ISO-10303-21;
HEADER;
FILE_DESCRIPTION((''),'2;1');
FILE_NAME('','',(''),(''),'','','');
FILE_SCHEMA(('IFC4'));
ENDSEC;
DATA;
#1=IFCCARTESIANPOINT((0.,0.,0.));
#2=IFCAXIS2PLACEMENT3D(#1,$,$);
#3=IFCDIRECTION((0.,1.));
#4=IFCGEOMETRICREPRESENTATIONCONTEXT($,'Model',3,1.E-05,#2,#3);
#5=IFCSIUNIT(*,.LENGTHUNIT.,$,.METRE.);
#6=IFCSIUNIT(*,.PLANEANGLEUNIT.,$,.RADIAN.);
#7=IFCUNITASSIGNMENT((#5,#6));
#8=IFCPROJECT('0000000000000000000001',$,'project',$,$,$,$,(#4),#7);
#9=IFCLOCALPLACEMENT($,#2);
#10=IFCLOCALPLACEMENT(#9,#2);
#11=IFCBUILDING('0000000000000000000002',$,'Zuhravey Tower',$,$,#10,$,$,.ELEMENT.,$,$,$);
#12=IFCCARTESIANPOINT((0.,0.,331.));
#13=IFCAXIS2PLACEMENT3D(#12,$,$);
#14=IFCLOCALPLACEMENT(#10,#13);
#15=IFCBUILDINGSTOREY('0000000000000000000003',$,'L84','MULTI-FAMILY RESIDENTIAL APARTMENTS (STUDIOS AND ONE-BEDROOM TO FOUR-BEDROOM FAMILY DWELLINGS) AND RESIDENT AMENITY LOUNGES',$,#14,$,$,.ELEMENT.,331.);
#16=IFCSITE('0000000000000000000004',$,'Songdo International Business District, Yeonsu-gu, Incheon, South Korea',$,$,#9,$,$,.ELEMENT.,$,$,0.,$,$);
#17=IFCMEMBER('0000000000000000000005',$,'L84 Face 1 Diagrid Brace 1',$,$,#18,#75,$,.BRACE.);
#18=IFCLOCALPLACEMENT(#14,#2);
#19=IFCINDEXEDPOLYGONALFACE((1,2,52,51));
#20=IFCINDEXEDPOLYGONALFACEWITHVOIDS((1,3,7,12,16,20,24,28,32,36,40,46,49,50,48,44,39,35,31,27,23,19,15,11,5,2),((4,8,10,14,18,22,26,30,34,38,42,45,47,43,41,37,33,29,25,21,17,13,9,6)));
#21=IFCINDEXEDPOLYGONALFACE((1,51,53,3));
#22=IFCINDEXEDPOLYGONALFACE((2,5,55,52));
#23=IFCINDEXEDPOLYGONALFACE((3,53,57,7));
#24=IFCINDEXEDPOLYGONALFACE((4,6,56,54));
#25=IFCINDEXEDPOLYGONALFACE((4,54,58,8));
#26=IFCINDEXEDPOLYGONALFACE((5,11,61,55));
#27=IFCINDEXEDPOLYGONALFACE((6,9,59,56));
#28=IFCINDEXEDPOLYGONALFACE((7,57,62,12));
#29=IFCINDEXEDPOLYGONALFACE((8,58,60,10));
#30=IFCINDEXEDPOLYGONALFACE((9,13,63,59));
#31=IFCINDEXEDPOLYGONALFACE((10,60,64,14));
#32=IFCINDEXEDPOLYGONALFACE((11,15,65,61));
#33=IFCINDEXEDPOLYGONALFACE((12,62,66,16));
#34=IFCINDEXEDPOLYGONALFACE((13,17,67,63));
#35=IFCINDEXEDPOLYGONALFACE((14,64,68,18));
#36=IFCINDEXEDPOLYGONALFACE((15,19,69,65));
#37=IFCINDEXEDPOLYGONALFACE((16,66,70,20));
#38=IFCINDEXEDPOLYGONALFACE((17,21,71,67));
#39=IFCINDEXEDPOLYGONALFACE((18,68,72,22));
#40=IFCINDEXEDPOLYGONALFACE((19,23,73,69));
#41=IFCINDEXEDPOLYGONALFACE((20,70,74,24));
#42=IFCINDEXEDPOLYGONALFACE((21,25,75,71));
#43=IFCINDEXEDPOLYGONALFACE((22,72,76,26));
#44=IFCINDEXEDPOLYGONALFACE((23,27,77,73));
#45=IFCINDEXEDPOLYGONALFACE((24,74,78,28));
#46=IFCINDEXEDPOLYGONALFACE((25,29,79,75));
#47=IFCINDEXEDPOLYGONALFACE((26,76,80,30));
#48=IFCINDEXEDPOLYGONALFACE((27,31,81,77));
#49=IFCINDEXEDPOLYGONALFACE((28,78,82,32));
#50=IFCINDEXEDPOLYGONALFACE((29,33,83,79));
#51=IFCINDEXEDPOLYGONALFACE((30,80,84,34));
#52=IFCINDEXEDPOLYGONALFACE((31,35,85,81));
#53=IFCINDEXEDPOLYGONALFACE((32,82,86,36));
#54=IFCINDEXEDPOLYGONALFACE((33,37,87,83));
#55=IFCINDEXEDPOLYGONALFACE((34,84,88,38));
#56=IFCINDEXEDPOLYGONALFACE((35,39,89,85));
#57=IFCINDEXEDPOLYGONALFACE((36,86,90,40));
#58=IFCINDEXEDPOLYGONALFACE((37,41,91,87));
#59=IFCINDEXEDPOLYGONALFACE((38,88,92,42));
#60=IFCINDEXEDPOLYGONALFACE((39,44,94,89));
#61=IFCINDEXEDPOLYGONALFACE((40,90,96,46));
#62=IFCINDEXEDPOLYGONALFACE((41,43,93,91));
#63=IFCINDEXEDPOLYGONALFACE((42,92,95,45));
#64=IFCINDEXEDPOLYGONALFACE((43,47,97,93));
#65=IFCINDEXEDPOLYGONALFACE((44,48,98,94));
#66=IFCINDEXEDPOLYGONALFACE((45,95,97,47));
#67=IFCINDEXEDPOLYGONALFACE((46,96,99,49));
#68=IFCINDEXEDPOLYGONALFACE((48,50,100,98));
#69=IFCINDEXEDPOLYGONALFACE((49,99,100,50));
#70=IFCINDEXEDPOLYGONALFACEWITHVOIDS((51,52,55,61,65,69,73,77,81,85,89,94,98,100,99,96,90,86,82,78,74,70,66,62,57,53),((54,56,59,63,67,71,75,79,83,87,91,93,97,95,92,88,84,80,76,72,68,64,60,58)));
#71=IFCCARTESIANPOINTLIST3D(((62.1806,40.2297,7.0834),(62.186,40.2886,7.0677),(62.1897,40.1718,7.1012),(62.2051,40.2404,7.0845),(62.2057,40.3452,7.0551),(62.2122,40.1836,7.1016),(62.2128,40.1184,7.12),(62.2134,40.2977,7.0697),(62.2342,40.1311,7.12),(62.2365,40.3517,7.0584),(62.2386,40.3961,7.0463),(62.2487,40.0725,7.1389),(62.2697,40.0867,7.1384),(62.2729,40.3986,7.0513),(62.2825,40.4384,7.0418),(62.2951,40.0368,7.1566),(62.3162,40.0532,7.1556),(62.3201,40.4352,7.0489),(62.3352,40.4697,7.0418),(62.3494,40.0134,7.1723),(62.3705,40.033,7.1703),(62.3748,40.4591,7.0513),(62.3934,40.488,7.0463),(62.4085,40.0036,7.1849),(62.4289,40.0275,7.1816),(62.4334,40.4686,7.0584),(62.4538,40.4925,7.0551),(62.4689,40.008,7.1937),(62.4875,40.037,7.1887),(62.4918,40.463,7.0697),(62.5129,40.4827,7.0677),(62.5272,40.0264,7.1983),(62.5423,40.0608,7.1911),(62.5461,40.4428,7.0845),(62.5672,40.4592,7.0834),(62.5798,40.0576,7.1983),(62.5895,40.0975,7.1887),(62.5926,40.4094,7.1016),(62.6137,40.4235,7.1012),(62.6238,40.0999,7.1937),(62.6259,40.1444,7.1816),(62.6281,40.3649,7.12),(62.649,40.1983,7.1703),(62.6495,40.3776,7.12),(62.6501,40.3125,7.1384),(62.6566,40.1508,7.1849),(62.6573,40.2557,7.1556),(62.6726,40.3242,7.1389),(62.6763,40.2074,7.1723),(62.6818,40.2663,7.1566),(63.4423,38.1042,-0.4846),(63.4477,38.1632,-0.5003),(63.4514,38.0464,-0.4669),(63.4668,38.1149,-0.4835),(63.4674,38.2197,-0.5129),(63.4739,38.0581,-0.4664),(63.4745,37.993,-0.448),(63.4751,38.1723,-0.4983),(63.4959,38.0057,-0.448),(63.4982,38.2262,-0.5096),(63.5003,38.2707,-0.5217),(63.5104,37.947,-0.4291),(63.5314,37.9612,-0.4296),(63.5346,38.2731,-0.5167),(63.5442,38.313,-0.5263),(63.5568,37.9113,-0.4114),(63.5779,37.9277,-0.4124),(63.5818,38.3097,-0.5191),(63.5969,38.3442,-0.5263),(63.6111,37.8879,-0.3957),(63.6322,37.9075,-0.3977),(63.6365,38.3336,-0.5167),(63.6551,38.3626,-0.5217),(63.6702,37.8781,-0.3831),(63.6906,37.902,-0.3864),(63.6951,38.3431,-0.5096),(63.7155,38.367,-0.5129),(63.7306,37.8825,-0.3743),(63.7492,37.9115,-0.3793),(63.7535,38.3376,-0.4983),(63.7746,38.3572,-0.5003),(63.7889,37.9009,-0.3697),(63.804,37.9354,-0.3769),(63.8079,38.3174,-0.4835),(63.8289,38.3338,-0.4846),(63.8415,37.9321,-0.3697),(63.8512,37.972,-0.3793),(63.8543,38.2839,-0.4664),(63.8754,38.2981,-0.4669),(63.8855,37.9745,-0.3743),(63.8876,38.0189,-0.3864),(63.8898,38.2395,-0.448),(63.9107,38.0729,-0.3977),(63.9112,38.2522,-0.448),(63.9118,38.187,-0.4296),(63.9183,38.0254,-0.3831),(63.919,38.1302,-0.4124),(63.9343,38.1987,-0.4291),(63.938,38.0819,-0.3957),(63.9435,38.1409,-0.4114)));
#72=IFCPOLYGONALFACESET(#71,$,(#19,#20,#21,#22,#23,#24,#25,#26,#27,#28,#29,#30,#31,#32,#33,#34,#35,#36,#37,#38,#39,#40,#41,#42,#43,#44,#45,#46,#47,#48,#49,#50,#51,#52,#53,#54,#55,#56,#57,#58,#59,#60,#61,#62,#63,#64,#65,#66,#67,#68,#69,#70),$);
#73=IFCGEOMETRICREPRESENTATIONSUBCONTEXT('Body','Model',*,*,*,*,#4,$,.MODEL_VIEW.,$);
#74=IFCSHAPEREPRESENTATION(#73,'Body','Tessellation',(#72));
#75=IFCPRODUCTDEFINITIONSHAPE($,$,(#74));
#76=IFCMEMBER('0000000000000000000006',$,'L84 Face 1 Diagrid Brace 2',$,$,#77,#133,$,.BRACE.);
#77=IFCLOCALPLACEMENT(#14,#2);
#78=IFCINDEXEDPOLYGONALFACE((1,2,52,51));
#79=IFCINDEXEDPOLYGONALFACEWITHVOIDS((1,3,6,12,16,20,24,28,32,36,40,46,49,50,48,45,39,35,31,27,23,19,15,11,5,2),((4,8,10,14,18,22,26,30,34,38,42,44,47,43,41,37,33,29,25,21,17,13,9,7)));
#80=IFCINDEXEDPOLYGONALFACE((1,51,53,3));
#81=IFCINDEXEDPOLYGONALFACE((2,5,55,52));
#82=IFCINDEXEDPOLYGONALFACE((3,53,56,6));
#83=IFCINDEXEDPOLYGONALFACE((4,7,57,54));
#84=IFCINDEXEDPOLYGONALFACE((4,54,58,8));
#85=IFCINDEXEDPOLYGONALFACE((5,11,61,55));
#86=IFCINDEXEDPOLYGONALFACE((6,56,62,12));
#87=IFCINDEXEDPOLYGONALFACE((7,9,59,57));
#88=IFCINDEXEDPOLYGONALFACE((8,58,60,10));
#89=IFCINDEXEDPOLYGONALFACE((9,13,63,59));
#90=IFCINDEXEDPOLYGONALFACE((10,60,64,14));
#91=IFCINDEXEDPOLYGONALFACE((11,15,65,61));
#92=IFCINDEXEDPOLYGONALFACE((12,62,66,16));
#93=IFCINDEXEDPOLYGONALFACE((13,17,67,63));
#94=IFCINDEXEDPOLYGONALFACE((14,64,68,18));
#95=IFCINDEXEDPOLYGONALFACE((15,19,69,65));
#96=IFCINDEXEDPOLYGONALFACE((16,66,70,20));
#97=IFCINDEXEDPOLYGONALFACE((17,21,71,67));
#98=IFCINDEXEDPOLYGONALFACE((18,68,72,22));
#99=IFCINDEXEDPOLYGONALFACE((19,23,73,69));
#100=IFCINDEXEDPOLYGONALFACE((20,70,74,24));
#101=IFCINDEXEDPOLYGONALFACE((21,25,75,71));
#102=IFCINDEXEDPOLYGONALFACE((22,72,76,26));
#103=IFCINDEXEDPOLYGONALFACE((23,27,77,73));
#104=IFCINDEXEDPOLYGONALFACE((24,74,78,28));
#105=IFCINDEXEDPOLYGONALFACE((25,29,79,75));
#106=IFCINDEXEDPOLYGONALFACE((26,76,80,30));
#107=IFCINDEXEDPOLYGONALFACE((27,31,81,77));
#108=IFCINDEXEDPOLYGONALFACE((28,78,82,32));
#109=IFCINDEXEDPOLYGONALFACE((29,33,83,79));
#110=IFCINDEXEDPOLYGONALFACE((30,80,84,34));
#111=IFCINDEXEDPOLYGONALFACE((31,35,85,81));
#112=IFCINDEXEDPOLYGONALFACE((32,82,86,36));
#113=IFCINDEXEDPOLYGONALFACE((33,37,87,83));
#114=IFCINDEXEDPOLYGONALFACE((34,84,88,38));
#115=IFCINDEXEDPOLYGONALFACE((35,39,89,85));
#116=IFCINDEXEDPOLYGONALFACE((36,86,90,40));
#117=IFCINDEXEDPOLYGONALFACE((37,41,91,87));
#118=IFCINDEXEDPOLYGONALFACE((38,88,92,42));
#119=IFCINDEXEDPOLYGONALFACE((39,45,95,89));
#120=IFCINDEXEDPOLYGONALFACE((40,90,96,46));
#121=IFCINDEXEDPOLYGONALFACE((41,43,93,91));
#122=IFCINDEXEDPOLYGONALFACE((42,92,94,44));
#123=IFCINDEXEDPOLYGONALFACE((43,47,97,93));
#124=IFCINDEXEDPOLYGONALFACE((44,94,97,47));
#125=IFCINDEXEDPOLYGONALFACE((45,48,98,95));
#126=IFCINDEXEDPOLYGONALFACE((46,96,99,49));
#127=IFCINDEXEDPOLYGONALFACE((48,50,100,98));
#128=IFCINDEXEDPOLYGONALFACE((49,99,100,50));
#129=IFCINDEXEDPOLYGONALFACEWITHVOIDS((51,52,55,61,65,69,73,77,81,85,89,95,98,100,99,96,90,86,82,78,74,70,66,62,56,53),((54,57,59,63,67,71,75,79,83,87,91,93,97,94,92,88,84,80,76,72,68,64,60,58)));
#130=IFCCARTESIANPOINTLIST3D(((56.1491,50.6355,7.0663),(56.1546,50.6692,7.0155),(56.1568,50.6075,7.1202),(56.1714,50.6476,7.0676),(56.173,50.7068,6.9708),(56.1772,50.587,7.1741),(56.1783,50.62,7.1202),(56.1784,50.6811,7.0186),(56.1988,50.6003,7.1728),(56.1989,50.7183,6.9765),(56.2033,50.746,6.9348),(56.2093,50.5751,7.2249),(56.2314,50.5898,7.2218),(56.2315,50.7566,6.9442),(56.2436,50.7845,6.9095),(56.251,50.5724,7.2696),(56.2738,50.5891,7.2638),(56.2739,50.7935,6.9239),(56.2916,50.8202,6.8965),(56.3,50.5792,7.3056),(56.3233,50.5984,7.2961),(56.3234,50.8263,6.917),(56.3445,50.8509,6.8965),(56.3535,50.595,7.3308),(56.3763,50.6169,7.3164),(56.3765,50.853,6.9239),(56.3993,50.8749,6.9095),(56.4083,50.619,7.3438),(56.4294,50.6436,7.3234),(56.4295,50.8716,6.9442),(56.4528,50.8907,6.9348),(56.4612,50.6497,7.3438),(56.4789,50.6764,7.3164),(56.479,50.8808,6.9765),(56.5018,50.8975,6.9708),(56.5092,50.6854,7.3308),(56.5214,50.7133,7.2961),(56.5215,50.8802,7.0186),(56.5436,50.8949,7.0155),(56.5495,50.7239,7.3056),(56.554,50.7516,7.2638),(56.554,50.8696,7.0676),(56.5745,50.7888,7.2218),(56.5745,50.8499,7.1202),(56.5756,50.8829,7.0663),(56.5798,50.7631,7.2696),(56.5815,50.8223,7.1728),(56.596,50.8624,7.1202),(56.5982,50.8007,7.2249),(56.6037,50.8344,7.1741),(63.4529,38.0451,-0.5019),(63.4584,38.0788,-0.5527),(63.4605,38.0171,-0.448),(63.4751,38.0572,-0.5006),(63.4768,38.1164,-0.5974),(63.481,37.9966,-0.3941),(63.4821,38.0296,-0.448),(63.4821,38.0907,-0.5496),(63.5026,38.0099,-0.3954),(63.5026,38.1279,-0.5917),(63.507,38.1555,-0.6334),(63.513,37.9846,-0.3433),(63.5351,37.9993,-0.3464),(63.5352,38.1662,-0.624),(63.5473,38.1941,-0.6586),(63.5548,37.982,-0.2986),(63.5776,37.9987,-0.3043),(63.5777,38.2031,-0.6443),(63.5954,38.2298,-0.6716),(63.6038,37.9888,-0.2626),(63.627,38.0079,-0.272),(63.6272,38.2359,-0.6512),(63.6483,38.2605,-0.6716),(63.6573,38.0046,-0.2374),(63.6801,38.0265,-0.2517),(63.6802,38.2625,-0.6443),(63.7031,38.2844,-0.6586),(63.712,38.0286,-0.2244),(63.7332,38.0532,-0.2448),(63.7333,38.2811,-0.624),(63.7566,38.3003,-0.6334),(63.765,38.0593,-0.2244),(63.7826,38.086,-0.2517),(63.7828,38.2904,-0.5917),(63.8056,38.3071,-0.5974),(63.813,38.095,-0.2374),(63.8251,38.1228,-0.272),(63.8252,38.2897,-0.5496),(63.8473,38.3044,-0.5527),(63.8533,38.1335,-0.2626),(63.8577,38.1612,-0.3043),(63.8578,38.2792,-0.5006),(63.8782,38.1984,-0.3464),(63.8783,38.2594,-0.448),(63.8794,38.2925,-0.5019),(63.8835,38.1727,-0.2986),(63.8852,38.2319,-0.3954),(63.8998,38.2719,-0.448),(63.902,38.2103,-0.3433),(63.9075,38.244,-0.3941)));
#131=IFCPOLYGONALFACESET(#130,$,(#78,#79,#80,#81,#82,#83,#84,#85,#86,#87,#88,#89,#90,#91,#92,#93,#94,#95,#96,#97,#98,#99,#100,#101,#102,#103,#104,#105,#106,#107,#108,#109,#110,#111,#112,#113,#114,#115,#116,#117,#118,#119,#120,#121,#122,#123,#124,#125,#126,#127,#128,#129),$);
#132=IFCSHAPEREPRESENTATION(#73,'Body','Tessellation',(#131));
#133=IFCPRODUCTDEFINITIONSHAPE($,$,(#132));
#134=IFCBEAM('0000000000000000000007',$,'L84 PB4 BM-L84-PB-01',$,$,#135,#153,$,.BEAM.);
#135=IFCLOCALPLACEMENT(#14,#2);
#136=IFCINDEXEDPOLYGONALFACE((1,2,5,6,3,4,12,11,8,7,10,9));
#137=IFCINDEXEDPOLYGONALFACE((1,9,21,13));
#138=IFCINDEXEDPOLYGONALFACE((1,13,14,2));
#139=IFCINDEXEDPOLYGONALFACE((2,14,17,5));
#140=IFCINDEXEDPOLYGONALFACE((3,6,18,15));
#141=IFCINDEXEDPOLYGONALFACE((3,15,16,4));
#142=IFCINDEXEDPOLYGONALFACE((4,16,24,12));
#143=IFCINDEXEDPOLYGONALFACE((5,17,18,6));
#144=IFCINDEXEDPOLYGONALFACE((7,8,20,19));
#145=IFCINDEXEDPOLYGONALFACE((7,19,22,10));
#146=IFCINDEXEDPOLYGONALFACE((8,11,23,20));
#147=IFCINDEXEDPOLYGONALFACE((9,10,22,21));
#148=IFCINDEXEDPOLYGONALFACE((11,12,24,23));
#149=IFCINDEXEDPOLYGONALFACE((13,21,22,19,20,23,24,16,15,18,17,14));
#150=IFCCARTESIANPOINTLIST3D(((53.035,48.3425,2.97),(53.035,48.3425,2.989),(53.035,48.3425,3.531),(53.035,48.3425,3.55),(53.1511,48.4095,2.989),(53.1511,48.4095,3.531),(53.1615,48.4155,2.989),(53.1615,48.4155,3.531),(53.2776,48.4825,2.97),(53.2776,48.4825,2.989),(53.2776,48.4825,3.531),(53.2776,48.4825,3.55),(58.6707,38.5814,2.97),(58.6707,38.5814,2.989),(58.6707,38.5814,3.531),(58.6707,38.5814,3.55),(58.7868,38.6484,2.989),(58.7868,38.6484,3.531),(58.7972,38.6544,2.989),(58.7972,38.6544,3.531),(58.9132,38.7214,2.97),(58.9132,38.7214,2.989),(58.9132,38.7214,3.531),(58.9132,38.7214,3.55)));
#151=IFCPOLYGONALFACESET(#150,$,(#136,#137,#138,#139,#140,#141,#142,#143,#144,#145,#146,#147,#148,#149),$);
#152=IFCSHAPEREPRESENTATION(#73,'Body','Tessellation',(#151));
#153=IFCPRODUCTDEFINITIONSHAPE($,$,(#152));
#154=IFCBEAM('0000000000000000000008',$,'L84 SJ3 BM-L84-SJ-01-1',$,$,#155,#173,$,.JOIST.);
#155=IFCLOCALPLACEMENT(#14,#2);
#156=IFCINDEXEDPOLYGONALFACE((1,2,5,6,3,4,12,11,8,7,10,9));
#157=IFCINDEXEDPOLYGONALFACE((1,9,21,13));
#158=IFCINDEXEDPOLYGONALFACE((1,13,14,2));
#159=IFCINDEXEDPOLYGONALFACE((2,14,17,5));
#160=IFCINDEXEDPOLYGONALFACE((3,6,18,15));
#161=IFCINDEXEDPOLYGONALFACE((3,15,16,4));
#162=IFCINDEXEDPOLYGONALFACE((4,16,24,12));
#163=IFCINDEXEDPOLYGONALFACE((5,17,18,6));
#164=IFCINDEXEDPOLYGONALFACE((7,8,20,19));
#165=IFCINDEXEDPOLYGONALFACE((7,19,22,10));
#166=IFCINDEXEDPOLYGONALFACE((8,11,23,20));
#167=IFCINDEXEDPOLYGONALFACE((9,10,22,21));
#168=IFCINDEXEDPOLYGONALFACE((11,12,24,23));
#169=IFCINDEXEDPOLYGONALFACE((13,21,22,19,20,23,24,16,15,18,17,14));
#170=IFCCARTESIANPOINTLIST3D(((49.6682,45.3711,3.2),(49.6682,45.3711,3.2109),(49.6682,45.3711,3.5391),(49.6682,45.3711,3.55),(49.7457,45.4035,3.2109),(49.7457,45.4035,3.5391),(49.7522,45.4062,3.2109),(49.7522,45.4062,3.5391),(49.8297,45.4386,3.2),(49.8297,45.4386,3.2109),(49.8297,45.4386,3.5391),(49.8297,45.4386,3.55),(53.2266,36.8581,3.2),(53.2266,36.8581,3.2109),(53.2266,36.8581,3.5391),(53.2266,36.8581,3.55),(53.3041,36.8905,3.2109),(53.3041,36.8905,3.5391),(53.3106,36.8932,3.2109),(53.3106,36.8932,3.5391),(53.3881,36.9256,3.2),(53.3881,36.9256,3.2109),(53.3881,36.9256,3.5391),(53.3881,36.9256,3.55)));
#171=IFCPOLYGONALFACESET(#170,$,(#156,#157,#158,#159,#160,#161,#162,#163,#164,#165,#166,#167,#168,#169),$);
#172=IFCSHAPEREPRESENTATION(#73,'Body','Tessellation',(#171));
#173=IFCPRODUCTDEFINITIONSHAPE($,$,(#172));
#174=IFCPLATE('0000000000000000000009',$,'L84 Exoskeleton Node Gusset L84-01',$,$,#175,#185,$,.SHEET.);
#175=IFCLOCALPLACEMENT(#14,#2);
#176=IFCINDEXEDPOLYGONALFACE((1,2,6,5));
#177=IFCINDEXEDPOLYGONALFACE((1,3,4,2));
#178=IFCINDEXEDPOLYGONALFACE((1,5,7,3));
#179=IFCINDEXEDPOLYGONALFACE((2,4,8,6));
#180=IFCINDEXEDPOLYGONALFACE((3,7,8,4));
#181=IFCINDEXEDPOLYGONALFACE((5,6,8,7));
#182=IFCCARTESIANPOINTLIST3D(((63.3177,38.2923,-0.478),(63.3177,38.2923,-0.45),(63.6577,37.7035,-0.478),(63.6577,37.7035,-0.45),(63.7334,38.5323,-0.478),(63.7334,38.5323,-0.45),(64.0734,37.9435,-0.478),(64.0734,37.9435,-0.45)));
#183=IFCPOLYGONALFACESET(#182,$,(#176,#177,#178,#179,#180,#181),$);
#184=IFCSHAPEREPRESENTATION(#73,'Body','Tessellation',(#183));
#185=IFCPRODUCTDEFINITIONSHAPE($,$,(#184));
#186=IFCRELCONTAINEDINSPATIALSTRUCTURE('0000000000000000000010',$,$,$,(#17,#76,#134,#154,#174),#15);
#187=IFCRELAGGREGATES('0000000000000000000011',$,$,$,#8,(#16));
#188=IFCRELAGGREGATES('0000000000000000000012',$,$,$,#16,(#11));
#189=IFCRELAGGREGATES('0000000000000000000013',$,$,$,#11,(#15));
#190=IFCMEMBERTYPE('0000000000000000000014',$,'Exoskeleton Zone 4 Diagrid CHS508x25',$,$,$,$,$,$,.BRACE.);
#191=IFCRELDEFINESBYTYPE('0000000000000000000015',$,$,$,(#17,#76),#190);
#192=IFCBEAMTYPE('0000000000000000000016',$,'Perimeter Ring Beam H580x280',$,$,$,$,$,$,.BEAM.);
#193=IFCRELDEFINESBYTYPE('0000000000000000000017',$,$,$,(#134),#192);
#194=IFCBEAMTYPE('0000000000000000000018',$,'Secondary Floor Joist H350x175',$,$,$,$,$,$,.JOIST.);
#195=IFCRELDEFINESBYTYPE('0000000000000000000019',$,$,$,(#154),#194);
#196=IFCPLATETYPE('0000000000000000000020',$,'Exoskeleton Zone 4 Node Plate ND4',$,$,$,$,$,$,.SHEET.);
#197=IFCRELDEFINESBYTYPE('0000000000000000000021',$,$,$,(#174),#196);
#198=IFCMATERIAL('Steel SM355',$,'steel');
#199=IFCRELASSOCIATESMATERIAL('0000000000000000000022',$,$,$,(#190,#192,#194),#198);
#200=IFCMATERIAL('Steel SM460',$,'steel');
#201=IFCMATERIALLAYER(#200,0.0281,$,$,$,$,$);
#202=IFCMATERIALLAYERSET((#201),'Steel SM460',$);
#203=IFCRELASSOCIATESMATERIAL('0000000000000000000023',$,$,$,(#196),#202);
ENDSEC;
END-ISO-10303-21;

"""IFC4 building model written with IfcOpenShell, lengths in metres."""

from ifc_helpers import new_model, si_unit, direction, frame, origin, origin_2d, place, context, subcontext, project, spatial, rectangle, hollow_circle, i_section, extrude, material, layer, layer_set, material_profile, profile_set, type_object, element, save


model = new_model("IFC4")

# Units and contexts
model_context = context("Model", 3, precision=1e-05, world=origin(), true_north=direction((0.0, 1.0)))
body_context = subcontext(model_context, "Body", "Model", "MODEL_VIEW")
ifc_project = project(units=[si_unit("LENGTHUNIT", "METRE"), si_unit("PLANEANGLEUNIT", "RADIAN")], contexts=[model_context])

# Site, building, storey
site_placement = place(None, origin())
site = spatial("IfcSite", under=ifc_project, at=site_placement, Name="Songdo International Business District, Yeonsu-gu, Incheon, South Korea", CompositionType="ELEMENT", RefElevation=0.0)
building_placement = place(site_placement, origin())
building = spatial("IfcBuilding", under=site, at=building_placement, Name="Zuhravey Tower", CompositionType="ELEMENT")
storey_placement = place(building_placement, frame((0.0, 0.0, 331.0)))
storey = spatial("IfcBuildingStorey", under=building, at=storey_placement, Name="L84", Description="MULTI-FAMILY RESIDENTIAL APARTMENTS (STUDIOS AND ONE-BEDROOM TO FOUR-BEDROOM FAMILY DWELLINGS) AND RESIDENT AMENITY LOUNGES", CompositionType="ELEMENT", Elevation=331.0)

# Members
ifc_material_1 = material(Name="Steel SM355", Category="steel")
ifc_material_profile_1 = material_profile(ifc_material_1, hollow_circle(Radius=0.2539, WallThickness=0.0249, at=origin_2d()), Name="CHS-508.0x25")
ifc_profile_set_1 = profile_set([ifc_material_profile_1], Name="Steel SM355")
member_type_1 = type_object("IfcMemberType", Name="Exoskeleton Zone 4 Diagrid CHS508x25", PredefinedType="BRACE", material=ifc_profile_set_1)
member_1_placement = place(storey_placement, frame((63.6929, 38.1226, -0.448), z_axis=(-0.158477, 0.26697, 0.950585), x_axis=(-0.859906, -0.510452, 0.0)))
element("IfcMember", 1, at=member_1_placement, inside=storey, type_object=member_type_1, Name="L84 Face 1 Diagrid Brace 1", PredefinedType="BRACE", context=body_context, shape_type="SweptSolid", body=[
    extrude(hollow_circle(Radius=0.2539, WallThickness=0.0249, at=origin_2d()), origin(), (0.0, 0.0, 1.0), 7.9614),
])
member_2_placement = place(storey_placement, frame((63.6802, 38.1445, -0.448), z_axis=(-0.445202, 0.767451, 0.461319), x_axis=(-0.864992, -0.501786, 0.0)))
element("IfcMember", 2, at=member_2_placement, inside=storey, type_object=member_type_1, Name="L84 Face 1 Diagrid Brace 2", PredefinedType="BRACE", context=body_context, shape_type="SweptSolid", body=[
    extrude(hollow_circle(Radius=0.2539, WallThickness=0.0249, at=origin_2d()), origin(), (0.0, 0.0, 1.0), 16.4055),
])

# Beams
ifc_material_profile_2 = material_profile(ifc_material_1, i_section(OverallWidth=0.28, OverallDepth=0.5801, WebThickness=0.012, FlangeThickness=0.019, at=origin_2d()), Name="H-580x280x12x19")
ifc_profile_set_2 = profile_set([ifc_material_profile_2], Name="Steel SM355")
beam_type_1 = type_object("IfcBeamType", Name="Perimeter Ring Beam H580x280", PredefinedType="BEAM", material=ifc_profile_set_2)
beam_1_placement = place(storey_placement, frame((58.792, 38.6514, 3.26), z_axis=(-0.500006, 0.866022, 0.0), x_axis=(-0.866022, -0.500006, 0.0)))
element("IfcBeam", 3, at=beam_1_placement, inside=storey, type_object=beam_type_1, Name="L84 PB4 BM-L84-PB-01", PredefinedType="BEAM", context=body_context, shape_type="SweptSolid", body=[
    extrude(i_section(OverallWidth=0.28, OverallDepth=0.5801, WebThickness=0.012, FlangeThickness=0.019, at=origin_2d()), origin(), (0.0, 0.0, 1.0), 11.2712),
])
ifc_material_profile_3 = material_profile(ifc_material_1, i_section(OverallWidth=0.175, OverallDepth=0.3501, WebThickness=0.0071, FlangeThickness=0.011, at=origin_2d()), Name="H-350x175x7x11")
ifc_profile_set_3 = profile_set([ifc_material_profile_3], Name="Steel SM355")
beam_type_2 = type_object("IfcBeamType", Name="Secondary Floor Joist H350x175", PredefinedType="JOIST", material=ifc_profile_set_3)
beam_2_placement = place(storey_placement, frame((53.3074, 36.8918, 3.375), z_axis=(-0.385658, 0.922642, 0.0), x_axis=(-0.922642, -0.385658, 0.0)))
element("IfcBeam", 4, at=beam_2_placement, inside=storey, type_object=beam_type_2, Name="L84 SJ3 BM-L84-SJ-01-1", PredefinedType="JOIST", context=body_context, shape_type="SweptSolid", body=[
    extrude(i_section(OverallWidth=0.175, OverallDepth=0.3501, WebThickness=0.0071, FlangeThickness=0.011, at=origin_2d()), origin(), (0.0, 0.0, 1.0), 9.2268),
])

# Plate
ifc_material_2 = material(Name="Steel SM460", Category="steel")
ifc_layer_1 = layer(ifc_material_2, 0.0281)
ifc_layer_set_1 = layer_set([ifc_layer_1], Name="Steel SM460")
plate_type_1 = type_object("IfcPlateType", Name="Exoskeleton Zone 4 Node Plate ND4", PredefinedType="SHEET", material=ifc_layer_set_1)
plate_1_placement = place(storey_placement, frame((63.6956, 38.1179, -0.478), z_axis=(0.0, 0.0, 1.0), x_axis=(-0.5, 0.866025, 0.0)))
element("IfcPlate", 5, at=plate_1_placement, inside=storey, type_object=plate_type_1, Name="L84 Exoskeleton Node Gusset L84-01", PredefinedType="SHEET", context=body_context, shape_type="SweptSolid", body=[
    extrude(rectangle(XDim=0.6799, YDim=0.48, at=origin_2d()), origin(), (0.0, 0.0, 1.0), 0.0281),
])

save(model, "model.ifc")
